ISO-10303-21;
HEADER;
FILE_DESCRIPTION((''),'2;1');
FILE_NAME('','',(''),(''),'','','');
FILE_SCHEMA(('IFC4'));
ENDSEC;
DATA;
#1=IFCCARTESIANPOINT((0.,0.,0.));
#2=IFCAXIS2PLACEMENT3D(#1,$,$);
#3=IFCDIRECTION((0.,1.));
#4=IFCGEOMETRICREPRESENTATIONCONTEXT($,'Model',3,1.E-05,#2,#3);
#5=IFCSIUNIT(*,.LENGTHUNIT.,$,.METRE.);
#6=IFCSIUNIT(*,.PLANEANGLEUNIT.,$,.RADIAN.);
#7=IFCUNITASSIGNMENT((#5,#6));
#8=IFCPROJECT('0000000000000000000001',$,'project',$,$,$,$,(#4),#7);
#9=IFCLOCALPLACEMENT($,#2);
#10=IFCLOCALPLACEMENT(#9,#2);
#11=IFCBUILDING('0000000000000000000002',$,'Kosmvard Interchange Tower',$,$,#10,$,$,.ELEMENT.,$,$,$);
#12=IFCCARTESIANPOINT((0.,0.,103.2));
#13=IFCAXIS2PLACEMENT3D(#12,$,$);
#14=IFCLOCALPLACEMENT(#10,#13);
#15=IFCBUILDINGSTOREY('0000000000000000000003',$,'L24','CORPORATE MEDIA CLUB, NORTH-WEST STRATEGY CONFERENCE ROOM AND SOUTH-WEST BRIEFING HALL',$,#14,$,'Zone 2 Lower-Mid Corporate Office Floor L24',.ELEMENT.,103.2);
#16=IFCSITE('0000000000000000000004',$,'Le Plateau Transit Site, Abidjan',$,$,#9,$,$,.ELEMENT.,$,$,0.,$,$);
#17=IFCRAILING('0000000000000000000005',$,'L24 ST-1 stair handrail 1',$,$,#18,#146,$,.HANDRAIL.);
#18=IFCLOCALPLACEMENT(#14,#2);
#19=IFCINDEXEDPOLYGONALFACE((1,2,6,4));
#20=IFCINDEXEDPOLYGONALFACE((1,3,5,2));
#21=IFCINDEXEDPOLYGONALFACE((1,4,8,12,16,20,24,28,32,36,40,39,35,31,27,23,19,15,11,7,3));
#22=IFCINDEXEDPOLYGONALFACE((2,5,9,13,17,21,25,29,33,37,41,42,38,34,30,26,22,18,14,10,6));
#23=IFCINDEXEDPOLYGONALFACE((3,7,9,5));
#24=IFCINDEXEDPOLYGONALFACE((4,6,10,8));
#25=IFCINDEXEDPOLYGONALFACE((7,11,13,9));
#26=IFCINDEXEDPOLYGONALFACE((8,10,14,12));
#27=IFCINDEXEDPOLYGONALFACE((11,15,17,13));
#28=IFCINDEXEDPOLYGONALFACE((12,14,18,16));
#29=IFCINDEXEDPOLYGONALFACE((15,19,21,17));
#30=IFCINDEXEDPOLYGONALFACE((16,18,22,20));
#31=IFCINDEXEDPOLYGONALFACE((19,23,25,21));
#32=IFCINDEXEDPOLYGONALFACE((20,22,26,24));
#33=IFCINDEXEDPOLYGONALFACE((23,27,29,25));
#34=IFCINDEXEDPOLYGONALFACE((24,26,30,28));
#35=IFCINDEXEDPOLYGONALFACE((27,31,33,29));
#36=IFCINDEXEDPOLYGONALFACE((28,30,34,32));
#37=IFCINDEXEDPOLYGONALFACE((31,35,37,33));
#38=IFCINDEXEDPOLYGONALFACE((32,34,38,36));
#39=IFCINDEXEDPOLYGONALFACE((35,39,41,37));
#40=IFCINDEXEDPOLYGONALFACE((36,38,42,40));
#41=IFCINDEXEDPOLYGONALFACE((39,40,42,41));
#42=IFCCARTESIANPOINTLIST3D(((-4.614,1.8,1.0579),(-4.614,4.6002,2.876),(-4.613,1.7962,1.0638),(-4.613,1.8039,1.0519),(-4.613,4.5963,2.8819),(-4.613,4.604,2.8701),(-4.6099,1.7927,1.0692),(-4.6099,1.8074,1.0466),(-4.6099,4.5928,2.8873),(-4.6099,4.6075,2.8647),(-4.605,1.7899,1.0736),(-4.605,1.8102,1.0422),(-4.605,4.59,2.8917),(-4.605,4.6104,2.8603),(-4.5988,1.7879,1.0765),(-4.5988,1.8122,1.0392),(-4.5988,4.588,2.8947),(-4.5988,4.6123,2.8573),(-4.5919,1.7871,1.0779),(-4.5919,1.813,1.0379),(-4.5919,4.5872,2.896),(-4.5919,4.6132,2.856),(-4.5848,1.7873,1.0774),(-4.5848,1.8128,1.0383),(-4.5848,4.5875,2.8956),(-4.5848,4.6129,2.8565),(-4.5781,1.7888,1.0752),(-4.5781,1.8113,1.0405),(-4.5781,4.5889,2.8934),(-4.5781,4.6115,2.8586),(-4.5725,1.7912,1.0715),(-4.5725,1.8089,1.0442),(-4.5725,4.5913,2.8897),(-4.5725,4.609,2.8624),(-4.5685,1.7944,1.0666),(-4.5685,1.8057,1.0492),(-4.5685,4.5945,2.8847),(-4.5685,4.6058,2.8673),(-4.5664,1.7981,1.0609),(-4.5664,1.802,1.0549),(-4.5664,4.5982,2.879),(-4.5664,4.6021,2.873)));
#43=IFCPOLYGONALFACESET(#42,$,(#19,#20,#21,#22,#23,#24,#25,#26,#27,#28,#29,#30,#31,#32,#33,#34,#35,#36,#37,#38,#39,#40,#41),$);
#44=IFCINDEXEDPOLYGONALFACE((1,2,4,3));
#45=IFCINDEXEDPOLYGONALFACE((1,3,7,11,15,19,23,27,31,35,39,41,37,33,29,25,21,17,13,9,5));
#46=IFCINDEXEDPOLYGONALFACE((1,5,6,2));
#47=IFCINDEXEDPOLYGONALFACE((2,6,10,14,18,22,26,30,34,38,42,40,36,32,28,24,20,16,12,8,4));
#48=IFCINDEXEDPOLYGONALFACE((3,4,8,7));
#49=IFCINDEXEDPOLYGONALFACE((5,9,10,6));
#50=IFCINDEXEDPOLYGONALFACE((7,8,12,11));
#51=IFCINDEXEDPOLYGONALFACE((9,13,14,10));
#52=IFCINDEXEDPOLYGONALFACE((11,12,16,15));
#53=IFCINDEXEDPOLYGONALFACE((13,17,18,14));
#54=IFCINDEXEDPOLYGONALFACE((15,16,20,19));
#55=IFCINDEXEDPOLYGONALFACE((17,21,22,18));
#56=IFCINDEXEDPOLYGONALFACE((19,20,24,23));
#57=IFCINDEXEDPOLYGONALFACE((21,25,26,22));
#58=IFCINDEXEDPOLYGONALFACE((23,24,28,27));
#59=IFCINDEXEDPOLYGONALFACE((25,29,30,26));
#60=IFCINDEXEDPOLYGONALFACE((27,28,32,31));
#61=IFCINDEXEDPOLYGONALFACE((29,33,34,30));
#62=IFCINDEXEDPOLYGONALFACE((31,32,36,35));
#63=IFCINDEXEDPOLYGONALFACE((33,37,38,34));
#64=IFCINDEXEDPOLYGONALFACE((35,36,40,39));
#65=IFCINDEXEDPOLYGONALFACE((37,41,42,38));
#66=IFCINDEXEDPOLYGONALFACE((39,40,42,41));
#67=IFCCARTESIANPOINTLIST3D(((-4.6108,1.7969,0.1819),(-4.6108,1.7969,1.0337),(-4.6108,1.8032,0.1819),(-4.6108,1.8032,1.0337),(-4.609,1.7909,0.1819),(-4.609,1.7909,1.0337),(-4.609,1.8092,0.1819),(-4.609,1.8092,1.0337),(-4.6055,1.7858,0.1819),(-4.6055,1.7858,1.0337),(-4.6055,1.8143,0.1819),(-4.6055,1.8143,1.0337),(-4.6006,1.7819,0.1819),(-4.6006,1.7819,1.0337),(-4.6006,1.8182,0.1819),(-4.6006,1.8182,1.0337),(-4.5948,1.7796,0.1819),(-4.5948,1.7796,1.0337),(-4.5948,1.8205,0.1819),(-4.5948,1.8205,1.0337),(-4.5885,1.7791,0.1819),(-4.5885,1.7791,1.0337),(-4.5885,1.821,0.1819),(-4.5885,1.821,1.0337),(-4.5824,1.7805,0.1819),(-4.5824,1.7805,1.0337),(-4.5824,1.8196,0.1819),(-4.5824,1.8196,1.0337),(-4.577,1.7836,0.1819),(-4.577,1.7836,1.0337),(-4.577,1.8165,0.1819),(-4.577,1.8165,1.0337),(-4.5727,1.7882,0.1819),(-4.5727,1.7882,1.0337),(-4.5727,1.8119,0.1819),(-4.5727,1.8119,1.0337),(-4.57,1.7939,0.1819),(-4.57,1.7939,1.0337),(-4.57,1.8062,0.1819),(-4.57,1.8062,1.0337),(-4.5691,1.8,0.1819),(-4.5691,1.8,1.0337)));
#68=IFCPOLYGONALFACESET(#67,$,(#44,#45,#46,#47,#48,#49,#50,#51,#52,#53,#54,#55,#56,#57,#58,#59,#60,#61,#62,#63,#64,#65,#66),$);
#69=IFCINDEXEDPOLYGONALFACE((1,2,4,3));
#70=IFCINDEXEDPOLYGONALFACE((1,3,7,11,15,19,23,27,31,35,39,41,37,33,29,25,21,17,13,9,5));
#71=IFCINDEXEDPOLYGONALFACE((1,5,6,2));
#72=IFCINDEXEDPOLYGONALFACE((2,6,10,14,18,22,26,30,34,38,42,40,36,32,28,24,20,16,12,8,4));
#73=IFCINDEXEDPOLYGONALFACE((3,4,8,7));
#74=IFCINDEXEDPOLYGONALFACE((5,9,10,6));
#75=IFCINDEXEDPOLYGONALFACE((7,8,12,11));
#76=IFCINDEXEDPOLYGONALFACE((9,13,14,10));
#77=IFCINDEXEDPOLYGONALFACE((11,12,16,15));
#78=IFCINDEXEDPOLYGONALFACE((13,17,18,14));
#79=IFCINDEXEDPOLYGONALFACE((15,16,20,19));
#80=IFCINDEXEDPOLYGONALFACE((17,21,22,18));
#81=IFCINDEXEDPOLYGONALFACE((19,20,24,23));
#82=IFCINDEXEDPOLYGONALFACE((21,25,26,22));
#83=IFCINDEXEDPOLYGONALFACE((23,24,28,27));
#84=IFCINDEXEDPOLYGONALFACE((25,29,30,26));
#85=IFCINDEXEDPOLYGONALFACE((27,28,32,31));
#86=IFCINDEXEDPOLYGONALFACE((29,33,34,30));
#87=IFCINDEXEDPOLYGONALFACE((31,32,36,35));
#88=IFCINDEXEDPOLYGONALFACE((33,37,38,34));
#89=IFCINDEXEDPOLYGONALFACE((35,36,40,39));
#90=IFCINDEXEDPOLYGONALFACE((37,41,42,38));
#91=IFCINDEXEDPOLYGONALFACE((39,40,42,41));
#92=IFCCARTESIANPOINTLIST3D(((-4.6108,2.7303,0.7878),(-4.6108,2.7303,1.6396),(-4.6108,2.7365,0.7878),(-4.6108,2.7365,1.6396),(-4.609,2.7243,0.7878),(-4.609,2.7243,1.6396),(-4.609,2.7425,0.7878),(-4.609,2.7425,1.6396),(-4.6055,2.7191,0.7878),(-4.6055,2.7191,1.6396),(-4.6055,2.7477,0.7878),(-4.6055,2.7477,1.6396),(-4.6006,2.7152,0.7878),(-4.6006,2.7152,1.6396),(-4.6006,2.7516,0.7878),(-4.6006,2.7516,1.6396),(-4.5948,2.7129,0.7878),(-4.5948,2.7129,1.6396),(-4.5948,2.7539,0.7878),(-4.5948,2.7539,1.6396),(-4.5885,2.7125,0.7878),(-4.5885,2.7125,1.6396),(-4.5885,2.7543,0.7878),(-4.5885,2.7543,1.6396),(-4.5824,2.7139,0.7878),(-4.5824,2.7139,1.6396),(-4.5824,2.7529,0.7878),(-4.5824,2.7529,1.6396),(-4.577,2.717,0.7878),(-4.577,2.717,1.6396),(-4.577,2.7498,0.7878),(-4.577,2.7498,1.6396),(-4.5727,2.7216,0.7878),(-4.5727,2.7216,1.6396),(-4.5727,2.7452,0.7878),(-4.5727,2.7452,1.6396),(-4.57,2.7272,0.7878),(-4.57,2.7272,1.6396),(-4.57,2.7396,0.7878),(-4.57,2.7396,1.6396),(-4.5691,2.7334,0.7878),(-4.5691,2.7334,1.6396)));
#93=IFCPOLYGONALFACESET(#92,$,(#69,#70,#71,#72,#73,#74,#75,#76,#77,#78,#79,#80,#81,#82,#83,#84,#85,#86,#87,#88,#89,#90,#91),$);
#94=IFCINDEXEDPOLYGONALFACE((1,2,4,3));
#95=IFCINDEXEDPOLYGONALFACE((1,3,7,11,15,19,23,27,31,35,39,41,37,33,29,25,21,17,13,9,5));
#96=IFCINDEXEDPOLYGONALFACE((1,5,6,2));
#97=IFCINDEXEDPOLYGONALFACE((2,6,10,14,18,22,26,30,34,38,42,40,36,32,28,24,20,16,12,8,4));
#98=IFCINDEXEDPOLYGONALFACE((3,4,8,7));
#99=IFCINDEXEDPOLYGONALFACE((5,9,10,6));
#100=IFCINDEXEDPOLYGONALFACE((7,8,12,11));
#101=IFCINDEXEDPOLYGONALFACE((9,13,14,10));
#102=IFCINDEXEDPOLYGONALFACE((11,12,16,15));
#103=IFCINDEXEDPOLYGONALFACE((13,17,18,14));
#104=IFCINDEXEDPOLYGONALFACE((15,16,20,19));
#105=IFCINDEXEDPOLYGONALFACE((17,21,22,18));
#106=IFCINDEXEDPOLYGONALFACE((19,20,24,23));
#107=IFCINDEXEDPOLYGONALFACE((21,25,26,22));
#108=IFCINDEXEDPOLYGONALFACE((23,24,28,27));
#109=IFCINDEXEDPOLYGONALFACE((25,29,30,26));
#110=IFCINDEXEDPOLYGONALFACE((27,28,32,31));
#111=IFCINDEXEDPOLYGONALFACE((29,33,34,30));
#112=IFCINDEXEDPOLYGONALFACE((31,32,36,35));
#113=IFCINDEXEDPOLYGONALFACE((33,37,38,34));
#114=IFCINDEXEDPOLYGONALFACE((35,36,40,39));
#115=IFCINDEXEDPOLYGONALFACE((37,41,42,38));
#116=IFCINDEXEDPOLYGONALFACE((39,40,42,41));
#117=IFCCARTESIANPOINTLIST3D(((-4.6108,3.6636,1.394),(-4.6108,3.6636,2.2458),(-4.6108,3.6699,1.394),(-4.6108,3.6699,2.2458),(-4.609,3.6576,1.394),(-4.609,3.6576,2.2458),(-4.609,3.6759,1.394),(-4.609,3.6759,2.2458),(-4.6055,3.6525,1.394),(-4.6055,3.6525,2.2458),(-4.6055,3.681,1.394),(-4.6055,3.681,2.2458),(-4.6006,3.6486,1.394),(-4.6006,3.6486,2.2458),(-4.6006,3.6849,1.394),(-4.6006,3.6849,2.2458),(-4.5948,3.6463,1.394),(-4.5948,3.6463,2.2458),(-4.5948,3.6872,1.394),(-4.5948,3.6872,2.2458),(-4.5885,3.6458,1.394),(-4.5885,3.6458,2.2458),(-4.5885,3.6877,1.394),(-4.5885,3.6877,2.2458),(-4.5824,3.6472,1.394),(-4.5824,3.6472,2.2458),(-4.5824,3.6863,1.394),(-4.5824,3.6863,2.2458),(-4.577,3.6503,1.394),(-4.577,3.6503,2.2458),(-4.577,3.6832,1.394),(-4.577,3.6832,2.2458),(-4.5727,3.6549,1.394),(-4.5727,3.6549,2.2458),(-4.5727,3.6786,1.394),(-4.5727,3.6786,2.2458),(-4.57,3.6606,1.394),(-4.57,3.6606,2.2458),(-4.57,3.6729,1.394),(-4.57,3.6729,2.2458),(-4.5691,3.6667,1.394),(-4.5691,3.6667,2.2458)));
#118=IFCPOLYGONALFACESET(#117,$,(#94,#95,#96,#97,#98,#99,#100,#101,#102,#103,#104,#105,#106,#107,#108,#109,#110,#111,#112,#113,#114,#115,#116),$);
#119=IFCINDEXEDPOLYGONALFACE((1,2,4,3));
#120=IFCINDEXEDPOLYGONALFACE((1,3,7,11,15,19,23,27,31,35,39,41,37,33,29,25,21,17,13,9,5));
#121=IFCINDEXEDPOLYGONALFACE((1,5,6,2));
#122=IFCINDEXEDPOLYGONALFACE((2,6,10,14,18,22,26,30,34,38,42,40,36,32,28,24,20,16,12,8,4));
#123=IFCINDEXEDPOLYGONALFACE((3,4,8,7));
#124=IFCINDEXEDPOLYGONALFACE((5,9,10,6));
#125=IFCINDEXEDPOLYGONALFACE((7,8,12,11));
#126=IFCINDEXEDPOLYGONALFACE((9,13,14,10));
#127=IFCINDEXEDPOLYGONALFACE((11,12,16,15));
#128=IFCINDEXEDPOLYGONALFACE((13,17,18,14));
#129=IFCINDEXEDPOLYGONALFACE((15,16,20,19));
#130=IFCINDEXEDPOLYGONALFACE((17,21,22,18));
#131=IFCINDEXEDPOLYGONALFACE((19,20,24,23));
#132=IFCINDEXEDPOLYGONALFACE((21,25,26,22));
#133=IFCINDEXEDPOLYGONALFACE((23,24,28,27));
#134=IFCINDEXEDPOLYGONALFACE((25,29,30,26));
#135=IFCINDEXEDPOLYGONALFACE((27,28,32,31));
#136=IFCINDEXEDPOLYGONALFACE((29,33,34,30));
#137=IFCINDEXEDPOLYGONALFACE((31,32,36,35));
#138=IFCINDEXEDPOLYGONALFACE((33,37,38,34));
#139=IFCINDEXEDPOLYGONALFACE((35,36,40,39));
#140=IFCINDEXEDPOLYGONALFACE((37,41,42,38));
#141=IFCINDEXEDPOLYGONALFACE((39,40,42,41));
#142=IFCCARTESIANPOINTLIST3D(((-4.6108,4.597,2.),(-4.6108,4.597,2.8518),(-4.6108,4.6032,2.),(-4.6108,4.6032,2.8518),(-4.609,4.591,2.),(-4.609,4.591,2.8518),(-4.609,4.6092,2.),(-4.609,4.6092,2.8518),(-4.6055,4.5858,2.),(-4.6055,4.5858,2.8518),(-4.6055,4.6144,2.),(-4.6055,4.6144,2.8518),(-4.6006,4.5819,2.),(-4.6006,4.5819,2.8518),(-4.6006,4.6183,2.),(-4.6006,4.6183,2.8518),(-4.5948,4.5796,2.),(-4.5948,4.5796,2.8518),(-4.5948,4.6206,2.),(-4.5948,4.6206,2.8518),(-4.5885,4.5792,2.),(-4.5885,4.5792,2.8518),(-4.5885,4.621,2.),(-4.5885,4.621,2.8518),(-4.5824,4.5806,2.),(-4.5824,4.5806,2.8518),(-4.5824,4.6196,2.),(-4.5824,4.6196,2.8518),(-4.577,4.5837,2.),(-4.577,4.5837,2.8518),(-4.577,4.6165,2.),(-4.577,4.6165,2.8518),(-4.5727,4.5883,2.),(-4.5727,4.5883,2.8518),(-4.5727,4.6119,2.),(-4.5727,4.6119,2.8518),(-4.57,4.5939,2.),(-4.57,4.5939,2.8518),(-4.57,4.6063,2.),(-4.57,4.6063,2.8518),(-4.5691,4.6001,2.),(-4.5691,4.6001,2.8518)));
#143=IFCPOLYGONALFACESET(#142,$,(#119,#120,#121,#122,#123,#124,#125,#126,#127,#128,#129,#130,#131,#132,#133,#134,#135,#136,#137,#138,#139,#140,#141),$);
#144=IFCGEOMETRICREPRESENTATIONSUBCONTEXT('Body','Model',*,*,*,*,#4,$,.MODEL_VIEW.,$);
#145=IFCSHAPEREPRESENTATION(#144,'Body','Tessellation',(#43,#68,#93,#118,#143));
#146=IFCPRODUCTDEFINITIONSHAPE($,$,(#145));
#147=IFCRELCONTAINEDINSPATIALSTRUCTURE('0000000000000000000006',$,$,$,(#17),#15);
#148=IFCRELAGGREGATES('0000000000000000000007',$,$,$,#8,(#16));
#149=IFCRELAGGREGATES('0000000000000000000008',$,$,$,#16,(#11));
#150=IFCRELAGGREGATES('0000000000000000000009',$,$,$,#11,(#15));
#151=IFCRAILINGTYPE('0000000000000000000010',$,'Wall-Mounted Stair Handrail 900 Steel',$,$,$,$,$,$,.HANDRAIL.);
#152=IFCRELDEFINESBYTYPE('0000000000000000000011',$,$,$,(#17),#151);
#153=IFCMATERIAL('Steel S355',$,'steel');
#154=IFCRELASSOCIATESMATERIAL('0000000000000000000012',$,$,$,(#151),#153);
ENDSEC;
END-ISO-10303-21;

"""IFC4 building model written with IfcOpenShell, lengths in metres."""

from ifc_helpers import new_model, si_unit, direction, frame, origin, origin_2d, place, context, subcontext, project, spatial, circle, extrude, source, transform, mapped, material, type_object, element, save


model = new_model("IFC4")

# Units and contexts
model_context = context("Model", 3, precision=1e-05, world=origin(), true_north=direction((0.0, 1.0)))
body_context = subcontext(model_context, "Body", "Model", "MODEL_VIEW")
ifc_project = project(units=[si_unit("LENGTHUNIT", "METRE"), si_unit("PLANEANGLEUNIT", "RADIAN")], contexts=[model_context])

# Site, building, storey
site_placement = place(None, origin())
site = spatial("IfcSite", under=ifc_project, at=site_placement, Name="Le Plateau Transit Site, Abidjan", CompositionType="ELEMENT", RefElevation=0.0)
building_placement = place(site_placement, origin())
building = spatial("IfcBuilding", under=site, at=building_placement, Name="Kosmvard Interchange Tower", CompositionType="ELEMENT")
storey_placement = place(building_placement, frame((0.0, 0.0, 103.2)))
storey = spatial("IfcBuildingStorey", under=building, at=storey_placement, Name="L24", Description="CORPORATE MEDIA CLUB, NORTH-WEST STRATEGY CONFERENCE ROOM AND SOUTH-WEST BRIEFING HALL", LongName="Zone 2 Lower-Mid Corporate Office Floor L24", CompositionType="ELEMENT", Elevation=103.2)

# Shared definitions
ifc_material_1 = material(Name="Steel S355", Category="steel")

# Railing
railing_type_1 = type_object("IfcRailingType", Name="Wall-Mounted Stair Handrail 900 Steel", PredefinedType="HANDRAIL", material=ifc_material_1)
shared_shape_1 = source(origin(), body_context, "Body", "SweptSolid", [
    extrude(circle(Radius=0.0239, at=origin_2d()), frame((0.0, 0.0, 0.876), z_axis=(0.0, 0.838706, 0.544585), x_axis=(-1.0, 0.0, 0.0)), (0.0, 0.0, 1.0), 3.3386),
    extrude(circle(Radius=0.021, at=origin_2d()), origin(), (0.0, 0.0, 1.0), 0.8518),
    extrude(circle(Radius=0.021, at=origin_2d()), frame((0.0, 0.9333, 0.606)), (0.0, 0.0, 1.0), 0.8518),
    extrude(circle(Radius=0.021, at=origin_2d()), frame((0.0, 1.8667, 1.2122)), (0.0, 0.0, 1.0), 0.8518),
    extrude(circle(Radius=0.021, at=origin_2d()), frame((0.0, 2.8, 1.8181)), (0.0, 0.0, 1.0), 0.8518),
])
railing_1_placement = place(storey_placement, frame((-4.5901, 1.8, 0.1819)))
element("IfcRailing", 1, at=railing_1_placement, inside=storey, type_object=railing_type_1, Name="L24 ST-1 stair handrail 1", PredefinedType="HANDRAIL", context=body_context, shape_type="MappedRepresentation", body=[
    mapped(shared_shape_1, transform((0.0, 0.0, 0.0), scale=1.0)),
])

save(model, "model.ifc")
